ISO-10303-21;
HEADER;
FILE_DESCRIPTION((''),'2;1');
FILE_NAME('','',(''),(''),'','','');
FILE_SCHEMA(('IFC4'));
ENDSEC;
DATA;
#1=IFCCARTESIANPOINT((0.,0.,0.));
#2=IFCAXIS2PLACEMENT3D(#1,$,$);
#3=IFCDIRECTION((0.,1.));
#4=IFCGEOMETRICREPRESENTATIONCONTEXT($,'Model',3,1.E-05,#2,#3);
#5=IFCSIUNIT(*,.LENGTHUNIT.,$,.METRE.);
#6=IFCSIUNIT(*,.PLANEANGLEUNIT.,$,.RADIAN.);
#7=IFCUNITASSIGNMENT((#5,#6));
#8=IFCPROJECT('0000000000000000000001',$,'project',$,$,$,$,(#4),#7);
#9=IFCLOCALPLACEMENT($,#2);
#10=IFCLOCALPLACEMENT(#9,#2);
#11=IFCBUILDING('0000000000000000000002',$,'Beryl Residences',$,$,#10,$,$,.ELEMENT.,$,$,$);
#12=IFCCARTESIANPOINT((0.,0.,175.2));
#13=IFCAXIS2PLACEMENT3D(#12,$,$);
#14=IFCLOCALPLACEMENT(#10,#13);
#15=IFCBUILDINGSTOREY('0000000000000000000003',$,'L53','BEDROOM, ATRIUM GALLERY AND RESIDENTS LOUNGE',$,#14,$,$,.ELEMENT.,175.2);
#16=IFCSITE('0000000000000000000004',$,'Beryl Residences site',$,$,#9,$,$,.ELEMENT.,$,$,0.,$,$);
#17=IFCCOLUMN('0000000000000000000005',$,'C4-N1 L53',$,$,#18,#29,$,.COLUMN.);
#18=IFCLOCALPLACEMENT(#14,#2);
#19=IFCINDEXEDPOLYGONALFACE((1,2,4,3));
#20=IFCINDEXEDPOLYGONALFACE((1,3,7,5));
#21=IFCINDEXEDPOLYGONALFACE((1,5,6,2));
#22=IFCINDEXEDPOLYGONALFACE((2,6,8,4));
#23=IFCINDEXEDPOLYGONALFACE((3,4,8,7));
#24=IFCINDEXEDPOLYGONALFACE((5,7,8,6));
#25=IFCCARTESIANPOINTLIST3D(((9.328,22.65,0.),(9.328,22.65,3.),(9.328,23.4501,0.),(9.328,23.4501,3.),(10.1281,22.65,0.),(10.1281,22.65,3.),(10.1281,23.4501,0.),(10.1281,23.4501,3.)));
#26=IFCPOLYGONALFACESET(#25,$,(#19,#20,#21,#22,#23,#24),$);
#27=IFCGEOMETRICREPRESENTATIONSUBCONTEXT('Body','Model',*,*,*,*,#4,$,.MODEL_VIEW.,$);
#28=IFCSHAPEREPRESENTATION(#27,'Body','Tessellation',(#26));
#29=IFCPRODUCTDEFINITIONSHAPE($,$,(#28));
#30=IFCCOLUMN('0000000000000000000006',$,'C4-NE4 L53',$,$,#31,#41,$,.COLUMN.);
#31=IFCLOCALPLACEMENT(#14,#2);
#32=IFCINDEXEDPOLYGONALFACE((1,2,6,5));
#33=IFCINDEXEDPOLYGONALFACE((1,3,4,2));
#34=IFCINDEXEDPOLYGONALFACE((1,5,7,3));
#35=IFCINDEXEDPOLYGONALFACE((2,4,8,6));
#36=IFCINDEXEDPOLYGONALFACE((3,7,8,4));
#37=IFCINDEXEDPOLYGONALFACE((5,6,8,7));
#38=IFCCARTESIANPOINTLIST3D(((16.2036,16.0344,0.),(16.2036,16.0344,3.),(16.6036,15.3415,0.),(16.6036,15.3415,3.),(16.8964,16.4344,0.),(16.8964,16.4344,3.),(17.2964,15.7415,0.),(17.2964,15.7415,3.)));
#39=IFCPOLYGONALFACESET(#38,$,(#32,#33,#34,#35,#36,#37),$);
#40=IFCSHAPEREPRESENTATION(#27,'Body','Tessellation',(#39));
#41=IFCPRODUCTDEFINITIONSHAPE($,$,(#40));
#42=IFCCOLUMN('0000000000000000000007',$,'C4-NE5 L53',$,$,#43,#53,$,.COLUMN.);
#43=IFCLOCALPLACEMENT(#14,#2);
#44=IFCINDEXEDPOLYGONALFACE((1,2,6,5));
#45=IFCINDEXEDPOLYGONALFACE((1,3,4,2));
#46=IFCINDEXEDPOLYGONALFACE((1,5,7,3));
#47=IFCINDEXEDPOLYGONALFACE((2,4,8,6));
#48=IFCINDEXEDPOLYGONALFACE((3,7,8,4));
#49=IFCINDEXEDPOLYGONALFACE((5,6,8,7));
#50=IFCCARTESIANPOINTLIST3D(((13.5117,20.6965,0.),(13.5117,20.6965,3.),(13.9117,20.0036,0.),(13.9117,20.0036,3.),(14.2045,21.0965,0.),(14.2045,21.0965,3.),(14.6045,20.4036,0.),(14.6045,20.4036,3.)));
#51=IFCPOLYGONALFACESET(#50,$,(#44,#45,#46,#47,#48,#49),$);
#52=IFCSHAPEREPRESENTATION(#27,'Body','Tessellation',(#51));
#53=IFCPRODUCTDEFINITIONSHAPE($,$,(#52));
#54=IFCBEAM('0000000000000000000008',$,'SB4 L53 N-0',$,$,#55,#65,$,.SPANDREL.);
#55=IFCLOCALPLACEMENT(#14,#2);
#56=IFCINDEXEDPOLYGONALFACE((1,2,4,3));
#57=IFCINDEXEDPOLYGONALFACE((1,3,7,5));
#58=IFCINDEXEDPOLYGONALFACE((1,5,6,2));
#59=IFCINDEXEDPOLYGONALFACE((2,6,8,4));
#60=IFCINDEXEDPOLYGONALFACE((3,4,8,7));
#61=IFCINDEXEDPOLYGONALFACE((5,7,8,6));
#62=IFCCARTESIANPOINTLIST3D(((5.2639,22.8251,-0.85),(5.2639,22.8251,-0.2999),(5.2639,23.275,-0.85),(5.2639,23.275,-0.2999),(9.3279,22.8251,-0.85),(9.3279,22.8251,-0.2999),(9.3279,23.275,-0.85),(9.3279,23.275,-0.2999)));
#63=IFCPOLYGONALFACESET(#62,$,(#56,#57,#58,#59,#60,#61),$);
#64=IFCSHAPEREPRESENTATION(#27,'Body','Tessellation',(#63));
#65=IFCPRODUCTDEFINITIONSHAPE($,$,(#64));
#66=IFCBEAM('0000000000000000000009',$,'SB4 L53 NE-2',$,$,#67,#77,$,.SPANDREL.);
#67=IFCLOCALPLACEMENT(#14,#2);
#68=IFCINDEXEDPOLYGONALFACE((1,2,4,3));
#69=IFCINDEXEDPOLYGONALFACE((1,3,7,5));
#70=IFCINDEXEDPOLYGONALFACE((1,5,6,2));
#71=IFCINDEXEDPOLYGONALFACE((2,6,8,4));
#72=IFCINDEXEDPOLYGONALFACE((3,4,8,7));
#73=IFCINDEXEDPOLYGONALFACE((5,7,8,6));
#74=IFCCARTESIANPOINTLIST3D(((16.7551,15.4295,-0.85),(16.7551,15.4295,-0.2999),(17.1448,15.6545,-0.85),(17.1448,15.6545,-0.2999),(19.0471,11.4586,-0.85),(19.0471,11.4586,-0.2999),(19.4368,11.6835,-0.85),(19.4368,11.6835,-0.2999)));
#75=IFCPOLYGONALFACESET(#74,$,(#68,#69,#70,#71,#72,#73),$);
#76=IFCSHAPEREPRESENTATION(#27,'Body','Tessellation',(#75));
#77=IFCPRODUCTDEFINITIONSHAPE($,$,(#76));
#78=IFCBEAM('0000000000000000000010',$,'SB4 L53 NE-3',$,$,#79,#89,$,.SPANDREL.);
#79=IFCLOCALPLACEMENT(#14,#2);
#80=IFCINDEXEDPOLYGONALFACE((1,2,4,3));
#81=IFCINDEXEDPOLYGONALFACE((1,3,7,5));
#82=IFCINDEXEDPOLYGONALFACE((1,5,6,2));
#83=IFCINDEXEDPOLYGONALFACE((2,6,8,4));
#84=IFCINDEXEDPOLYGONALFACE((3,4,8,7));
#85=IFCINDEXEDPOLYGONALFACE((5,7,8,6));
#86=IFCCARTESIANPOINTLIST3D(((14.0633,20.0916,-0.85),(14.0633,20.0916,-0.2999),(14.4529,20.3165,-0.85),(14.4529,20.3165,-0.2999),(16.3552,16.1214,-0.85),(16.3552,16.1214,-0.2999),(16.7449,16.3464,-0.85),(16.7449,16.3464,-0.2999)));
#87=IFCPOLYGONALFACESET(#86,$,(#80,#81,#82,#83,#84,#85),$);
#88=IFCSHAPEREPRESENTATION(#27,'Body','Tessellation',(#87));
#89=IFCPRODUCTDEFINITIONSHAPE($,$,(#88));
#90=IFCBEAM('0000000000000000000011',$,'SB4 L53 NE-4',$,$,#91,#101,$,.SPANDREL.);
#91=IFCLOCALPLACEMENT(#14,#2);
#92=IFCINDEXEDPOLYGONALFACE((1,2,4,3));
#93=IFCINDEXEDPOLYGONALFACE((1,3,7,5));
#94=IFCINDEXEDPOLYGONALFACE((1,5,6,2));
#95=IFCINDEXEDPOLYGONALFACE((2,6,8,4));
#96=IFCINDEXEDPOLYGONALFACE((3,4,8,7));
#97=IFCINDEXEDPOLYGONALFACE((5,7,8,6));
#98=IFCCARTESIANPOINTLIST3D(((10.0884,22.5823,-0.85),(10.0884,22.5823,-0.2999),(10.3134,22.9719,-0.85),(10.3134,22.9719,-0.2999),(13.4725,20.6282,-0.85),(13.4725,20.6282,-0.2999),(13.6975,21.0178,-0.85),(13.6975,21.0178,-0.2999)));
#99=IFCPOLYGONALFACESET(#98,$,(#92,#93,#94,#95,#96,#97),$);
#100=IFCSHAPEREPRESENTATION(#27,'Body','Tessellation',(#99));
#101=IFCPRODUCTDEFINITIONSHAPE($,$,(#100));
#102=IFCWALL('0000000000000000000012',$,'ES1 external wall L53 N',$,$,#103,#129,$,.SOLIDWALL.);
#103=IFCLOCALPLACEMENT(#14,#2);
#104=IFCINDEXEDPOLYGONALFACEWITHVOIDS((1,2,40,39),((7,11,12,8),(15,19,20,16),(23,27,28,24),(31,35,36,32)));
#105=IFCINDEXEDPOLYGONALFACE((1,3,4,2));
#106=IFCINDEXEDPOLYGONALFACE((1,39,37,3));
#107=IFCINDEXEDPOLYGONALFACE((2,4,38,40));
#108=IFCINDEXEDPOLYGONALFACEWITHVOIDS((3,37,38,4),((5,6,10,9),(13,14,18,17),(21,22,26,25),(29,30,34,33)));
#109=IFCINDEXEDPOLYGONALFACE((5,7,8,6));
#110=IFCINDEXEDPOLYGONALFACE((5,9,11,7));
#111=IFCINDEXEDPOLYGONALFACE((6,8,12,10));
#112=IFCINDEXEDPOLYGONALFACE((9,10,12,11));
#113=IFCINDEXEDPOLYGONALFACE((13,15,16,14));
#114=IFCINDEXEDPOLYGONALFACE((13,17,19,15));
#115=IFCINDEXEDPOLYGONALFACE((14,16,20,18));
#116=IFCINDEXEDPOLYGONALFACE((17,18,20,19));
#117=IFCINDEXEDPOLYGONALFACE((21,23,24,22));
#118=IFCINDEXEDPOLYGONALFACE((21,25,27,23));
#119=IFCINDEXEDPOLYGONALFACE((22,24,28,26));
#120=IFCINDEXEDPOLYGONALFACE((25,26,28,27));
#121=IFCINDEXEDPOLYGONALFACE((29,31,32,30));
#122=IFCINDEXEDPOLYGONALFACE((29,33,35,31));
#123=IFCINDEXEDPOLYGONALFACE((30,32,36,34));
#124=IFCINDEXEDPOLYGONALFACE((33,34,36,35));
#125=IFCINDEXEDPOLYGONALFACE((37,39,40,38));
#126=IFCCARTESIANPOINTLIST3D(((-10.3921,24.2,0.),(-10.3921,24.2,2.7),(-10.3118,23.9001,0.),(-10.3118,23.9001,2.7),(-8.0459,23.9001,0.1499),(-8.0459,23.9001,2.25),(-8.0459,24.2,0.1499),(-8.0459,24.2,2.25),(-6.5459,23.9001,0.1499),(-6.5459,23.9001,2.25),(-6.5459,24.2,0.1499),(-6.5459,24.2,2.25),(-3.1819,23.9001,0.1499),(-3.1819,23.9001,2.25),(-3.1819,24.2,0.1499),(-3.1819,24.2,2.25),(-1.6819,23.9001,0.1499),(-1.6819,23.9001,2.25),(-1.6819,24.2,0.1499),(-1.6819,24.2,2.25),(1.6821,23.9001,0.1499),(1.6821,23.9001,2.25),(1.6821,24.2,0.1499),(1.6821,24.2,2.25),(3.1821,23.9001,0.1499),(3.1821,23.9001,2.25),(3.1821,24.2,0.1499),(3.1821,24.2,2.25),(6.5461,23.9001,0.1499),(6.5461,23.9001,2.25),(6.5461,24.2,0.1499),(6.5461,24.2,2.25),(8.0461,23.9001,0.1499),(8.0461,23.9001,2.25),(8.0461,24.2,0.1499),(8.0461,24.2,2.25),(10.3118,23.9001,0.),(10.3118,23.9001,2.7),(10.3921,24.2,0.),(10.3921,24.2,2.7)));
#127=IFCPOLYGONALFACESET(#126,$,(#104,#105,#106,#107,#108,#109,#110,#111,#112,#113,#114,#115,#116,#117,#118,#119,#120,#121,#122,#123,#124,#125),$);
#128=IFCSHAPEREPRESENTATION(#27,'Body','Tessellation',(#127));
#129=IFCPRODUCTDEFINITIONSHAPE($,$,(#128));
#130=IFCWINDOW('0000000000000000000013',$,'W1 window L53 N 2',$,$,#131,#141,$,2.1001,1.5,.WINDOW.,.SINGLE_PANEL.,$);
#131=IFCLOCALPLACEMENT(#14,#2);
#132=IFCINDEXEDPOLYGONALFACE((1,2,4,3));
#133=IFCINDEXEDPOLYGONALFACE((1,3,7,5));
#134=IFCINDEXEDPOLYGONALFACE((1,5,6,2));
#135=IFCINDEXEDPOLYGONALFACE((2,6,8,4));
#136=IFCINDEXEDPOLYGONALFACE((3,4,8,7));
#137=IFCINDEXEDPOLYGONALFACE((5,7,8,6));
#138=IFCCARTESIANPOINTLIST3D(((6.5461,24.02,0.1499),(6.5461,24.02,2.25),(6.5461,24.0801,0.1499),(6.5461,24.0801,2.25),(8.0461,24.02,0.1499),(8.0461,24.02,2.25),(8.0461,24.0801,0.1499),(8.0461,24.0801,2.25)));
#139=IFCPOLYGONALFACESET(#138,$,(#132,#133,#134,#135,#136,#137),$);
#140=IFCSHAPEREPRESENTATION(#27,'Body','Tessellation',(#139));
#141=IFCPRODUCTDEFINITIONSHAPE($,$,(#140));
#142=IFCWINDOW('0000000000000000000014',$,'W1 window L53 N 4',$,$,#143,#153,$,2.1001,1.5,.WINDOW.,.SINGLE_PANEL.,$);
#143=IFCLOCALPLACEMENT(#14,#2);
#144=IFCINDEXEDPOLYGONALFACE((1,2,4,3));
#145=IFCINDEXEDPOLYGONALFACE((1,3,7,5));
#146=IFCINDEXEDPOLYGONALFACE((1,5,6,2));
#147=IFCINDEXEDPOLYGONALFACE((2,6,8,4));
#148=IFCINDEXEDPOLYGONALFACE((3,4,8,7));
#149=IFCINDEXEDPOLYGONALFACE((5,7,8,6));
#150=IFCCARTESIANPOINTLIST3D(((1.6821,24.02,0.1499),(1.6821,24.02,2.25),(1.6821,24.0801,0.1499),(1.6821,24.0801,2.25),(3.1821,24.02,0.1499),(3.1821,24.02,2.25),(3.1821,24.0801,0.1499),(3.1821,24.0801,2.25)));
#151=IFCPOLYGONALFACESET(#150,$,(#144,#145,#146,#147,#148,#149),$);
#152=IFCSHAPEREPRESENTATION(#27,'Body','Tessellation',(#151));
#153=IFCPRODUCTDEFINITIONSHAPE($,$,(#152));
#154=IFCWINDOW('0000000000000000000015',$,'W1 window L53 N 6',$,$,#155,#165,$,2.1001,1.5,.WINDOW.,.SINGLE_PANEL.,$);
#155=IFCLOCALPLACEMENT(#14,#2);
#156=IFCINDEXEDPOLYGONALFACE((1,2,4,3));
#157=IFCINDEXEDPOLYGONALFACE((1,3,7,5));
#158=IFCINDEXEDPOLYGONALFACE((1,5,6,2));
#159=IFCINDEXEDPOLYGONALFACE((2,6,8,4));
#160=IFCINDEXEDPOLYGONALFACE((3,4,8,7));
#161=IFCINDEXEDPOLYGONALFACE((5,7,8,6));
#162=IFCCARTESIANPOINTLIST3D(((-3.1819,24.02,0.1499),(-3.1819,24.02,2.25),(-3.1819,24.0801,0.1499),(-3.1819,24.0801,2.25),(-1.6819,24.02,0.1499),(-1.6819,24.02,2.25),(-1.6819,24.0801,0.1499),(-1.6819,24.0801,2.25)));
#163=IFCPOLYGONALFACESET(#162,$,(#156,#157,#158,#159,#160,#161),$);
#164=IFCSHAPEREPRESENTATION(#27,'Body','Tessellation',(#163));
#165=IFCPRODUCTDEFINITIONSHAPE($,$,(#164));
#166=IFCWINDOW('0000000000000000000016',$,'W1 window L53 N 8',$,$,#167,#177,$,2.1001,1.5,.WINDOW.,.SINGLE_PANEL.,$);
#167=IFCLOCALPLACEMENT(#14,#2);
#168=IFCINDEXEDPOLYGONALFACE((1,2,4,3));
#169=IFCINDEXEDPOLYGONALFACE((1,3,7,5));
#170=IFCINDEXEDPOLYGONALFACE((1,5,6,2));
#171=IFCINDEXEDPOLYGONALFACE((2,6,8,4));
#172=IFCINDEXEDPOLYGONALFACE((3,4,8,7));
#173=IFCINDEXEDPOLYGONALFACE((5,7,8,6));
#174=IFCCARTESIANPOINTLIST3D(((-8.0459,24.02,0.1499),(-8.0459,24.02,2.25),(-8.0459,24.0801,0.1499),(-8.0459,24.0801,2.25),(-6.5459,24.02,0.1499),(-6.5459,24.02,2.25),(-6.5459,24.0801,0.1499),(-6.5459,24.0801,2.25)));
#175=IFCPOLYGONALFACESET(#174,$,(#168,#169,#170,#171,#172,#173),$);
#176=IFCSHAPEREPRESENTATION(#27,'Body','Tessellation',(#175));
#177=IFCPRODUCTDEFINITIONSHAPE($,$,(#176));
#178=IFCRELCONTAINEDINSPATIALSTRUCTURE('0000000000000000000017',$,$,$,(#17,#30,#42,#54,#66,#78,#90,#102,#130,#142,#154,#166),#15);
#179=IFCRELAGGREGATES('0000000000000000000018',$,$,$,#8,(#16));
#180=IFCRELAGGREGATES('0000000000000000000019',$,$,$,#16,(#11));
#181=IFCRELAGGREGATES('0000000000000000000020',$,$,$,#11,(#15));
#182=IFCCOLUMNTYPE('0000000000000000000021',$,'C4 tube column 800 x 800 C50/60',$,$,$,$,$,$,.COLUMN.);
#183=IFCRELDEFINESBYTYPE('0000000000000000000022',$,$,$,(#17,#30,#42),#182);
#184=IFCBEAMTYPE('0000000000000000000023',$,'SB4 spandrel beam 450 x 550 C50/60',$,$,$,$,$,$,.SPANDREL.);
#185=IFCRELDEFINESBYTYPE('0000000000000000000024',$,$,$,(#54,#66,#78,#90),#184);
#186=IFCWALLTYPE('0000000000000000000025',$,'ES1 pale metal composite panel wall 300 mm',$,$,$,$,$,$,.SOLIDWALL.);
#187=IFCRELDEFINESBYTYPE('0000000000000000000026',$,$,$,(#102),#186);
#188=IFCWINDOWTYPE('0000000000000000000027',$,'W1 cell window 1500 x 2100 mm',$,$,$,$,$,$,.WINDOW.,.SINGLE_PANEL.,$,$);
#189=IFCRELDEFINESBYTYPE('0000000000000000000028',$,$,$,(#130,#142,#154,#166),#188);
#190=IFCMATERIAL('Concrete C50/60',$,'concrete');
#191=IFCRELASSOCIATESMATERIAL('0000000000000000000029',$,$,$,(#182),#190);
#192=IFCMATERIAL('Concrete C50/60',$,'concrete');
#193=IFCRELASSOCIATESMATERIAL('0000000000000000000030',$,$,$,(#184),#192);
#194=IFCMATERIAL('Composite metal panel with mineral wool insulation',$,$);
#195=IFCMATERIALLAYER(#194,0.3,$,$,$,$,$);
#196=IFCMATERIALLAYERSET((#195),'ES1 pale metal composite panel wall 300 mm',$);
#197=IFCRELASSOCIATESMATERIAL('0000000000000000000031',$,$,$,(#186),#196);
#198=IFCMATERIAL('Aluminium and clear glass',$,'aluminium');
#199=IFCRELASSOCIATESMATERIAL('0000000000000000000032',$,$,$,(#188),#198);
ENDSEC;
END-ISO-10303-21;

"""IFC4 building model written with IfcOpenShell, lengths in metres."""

from ifc_helpers import new_model, si_unit, direction, frame, frame_2d, origin, origin_2d, place, context, subcontext, project, spatial, polyline, rectangle, outline, extrude, material, layer, layer_set, material_profile, profile_set, type_object, element, fill, save


model = new_model("IFC4")

# Units and contexts
model_context = context("Model", 3, precision=1e-05, world=origin(), true_north=direction((0.0, 1.0)))
body_context = subcontext(model_context, "Body", "Model", "MODEL_VIEW")
ifc_project = project(units=[si_unit("LENGTHUNIT", "METRE"), si_unit("PLANEANGLEUNIT", "RADIAN")], contexts=[model_context])

# Site, building, storey
site_placement = place(None, origin())
site = spatial("IfcSite", under=ifc_project, at=site_placement, Name="Beryl Residences site", CompositionType="ELEMENT", RefElevation=0.0)
building_placement = place(site_placement, origin())
building = spatial("IfcBuilding", under=site, at=building_placement, Name="Beryl Residences", CompositionType="ELEMENT")
storey_placement = place(building_placement, frame((0.0, 0.0, 175.2)))
storey = spatial("IfcBuildingStorey", under=building, at=storey_placement, Name="L53", Description="BEDROOM, ATRIUM GALLERY AND RESIDENTS LOUNGE", CompositionType="ELEMENT", Elevation=175.2)

# Columns
ifc_material_1 = material(Name="Concrete C50/60", Category="concrete")
ifc_material_profile_1 = material_profile(ifc_material_1, rectangle(XDim=0.8, YDim=0.8, at=origin_2d()))
ifc_profile_set_1 = profile_set([ifc_material_profile_1], Name="Concrete C50/60")
column_type = type_object("IfcColumnType", Name="C4 tube column 800 x 800 C50/60", PredefinedType="COLUMN", material=ifc_profile_set_1)
for number, where, z_axis, x_axis, name in (
    (1, (9.728, 23.05, 0.0), (0.0, 0.0, 1.0), (-1.0, 0.0, 0.0), "C4-N1 L53"),
    (2, (16.75, 15.8879, 0.0), (0.0, 0.0, 1.0), (-0.5, 0.866025, 0.0), "C4-NE4 L53"),
    (3, (14.0581, 20.55, 0.0), (0.0, 0.0, 1.0), (-0.5, 0.866025, 0.0), "C4-NE5 L53"),
):
    element("IfcColumn", number, at=place(storey_placement, frame(where, z_axis=z_axis, x_axis=x_axis)), inside=storey, type_object=column_type, Name=name, PredefinedType="COLUMN", context=body_context, shape_type="SweptSolid", body=[
        extrude(rectangle(XDim=0.8, YDim=0.8, at=origin_2d()), origin(), (0.0, 0.0, 1.0), 3.0),
    ])

# Beams
ifc_material_2 = material(Name="Concrete C50/60", Category="concrete")
ifc_material_profile_2 = material_profile(ifc_material_2, rectangle(XDim=0.45, YDim=0.55, at=origin_2d()))
ifc_profile_set_2 = profile_set([ifc_material_profile_2], Name="Concrete C50/60")
beam_type = type_object("IfcBeamType", Name="SB4 spandrel beam 450 x 550 C50/60", PredefinedType="SPANDREL", material=ifc_profile_set_2)
beam_1_placement = place(storey_placement, frame((9.3279, 23.05, -0.575), z_axis=(-1.0, 0.0, 0.0), x_axis=(0.0, -1.0, 0.0)))
element("IfcBeam", 4, at=beam_1_placement, inside=storey, type_object=beam_type, Name="SB4 L53 N-0", PredefinedType="SPANDREL", context=body_context, shape_type="SweptSolid", body=[
    extrude(rectangle(XDim=0.45, YDim=0.55, at=origin_2d()), origin(), (0.0, 0.0, 1.0), 4.064),
])
beam_2_placement = place(storey_placement, frame((19.2419, 11.571, -0.575), z_axis=(-0.499896, 0.866085, 0.0), x_axis=(-0.866085, -0.499896, 0.0)))
element("IfcBeam", 5, at=beam_2_placement, inside=storey, type_object=beam_type, Name="SB4 L53 NE-2", PredefinedType="SPANDREL", context=body_context, shape_type="SweptSolid", body=[
    extrude(rectangle(XDim=0.45, YDim=0.55, at=origin_2d()), origin(), (0.0, 0.0, 1.0), 4.585),
])
beam_3_placement = place(storey_placement, frame((16.55, 16.2339, -0.575), z_axis=(-0.499965, 0.866045, 0.0), x_axis=(-0.866045, -0.499965, 0.0)))
element("IfcBeam", 6, at=beam_3_placement, inside=storey, type_object=beam_type, Name="SB4 L53 NE-3", PredefinedType="SPANDREL", context=body_context, shape_type="SweptSolid", body=[
    extrude(rectangle(XDim=0.45, YDim=0.55, at=origin_2d()), origin(), (0.0, 0.0, 1.0), 4.5842),
])
beam_4_placement = place(storey_placement, frame((13.585, 20.823, -0.575), z_axis=(-0.865989, 0.500063, 0.0), x_axis=(-0.500063, -0.865989, 0.0)))
element("IfcBeam", 7, at=beam_4_placement, inside=storey, type_object=beam_type, Name="SB4 L53 NE-4", PredefinedType="SPANDREL", context=body_context, shape_type="SweptSolid", body=[
    extrude(rectangle(XDim=0.45, YDim=0.55, at=origin_2d()), origin(), (0.0, 0.0, 1.0), 3.9077),
])

# Wall, openings, windows
ifc_material_3 = material(Name="Composite metal panel with mineral wool insulation")
ifc_layer_1 = layer(ifc_material_3, 0.3)
ifc_layer_set_1 = layer_set([ifc_layer_1], Name="ES1 pale metal composite panel wall 300 mm")
wall_type_1 = type_object("IfcWallType", Name="ES1 pale metal composite panel wall 300 mm", PredefinedType="SOLIDWALL", material=ifc_layer_set_1)
wall_1_placement = place(storey_placement, frame((10.3921, 24.05, 0.0), z_axis=(0.0, 0.0, 1.0), x_axis=(-1.0, 0.0, 0.0)))
wall_1 = element("IfcWall", 8, at=wall_1_placement, inside=storey, type_object=wall_type_1, Name="ES1 external wall L53 N", PredefinedType="SOLIDWALL", context=body_context, shape_type="SweptSolid", body=[
    extrude(outline(polyline([(0.0, -0.1499), (20.7842, -0.1499), (20.7039, 0.1499), (0.0803, 0.1499), (0.0, -0.1499)])), origin(), (0.0, 0.0, 1.0), 2.7),
])
opening_1_placement = place(wall_1_placement, frame((2.3459, 0.0, 0.1499)))
opening_1 = element("IfcOpeningElement", 9, at=opening_1_placement, cuts=wall_1, PredefinedType="OPENING", context=body_context, shape_type="SweptSolid", body=[
    extrude(rectangle(XDim=1.5, YDim=2.1001, at=frame_2d((0.75, 1.05))), frame((0.0, 0.1599, 0.0), z_axis=(0.0, -1.0, 0.0), x_axis=(1.0, 0.0, 0.0)), (0.0, 0.0, 1.0), 0.3201),
])
opening_2_placement = place(wall_1_placement, frame((7.21, 0.0, 0.1499)))
opening_2 = element("IfcOpeningElement", 10, at=opening_2_placement, cuts=wall_1, PredefinedType="OPENING", context=body_context, shape_type="SweptSolid", body=[
    extrude(rectangle(XDim=1.5, YDim=2.1001, at=frame_2d((0.75, 1.05))), frame((0.0, 0.1599, 0.0), z_axis=(0.0, -1.0, 0.0), x_axis=(1.0, 0.0, 0.0)), (0.0, 0.0, 1.0), 0.3201),
])
opening_3_placement = place(wall_1_placement, frame((12.074, 0.0, 0.1499)))
opening_3 = element("IfcOpeningElement", 11, at=opening_3_placement, cuts=wall_1, PredefinedType="OPENING", context=body_context, shape_type="SweptSolid", body=[
    extrude(rectangle(XDim=1.5, YDim=2.1001, at=frame_2d((0.75, 1.05))), frame((0.0, 0.1599, 0.0), z_axis=(0.0, -1.0, 0.0), x_axis=(1.0, 0.0, 0.0)), (0.0, 0.0, 1.0), 0.3201),
])
opening_4_placement = place(wall_1_placement, frame((16.938, 0.0, 0.1499)))
opening_4 = element("IfcOpeningElement", 12, at=opening_4_placement, cuts=wall_1, PredefinedType="OPENING", context=body_context, shape_type="SweptSolid", body=[
    extrude(rectangle(XDim=1.5, YDim=2.1001, at=frame_2d((0.75, 1.05))), frame((0.0, 0.1599, 0.0), z_axis=(0.0, -1.0, 0.0), x_axis=(1.0, 0.0, 0.0)), (0.0, 0.0, 1.0), 0.3201),
])
ifc_material_4 = material(Name="Aluminium and clear glass", Category="aluminium")
window_type_1 = type_object("IfcWindowType", Name="W1 cell window 1500 x 2100 mm", PartitioningType="SINGLE_PANEL", PredefinedType="WINDOW", material=ifc_material_4)
window_1_placement = place(opening_1_placement, origin())
window_1 = element("IfcWindow", 13, at=window_1_placement, inside=storey, type_object=window_type_1, Name="W1 window L53 N 2", OverallHeight=2.1001, OverallWidth=1.5, PartitioningType="SINGLE_PANEL", PredefinedType="WINDOW", context=body_context, shape_type="SweptSolid", body=[
    extrude(rectangle(XDim=1.5, YDim=2.1001, at=frame_2d((0.75, 1.05))), frame((0.0, 0.03, 0.0), z_axis=(0.0, -1.0, 0.0), x_axis=(1.0, 0.0, 0.0)), (0.0, 0.0, 1.0), 0.0601),
])
fill(opening_1, window_1)
window_2_placement = place(opening_2_placement, origin())
window_2 = element("IfcWindow", 14, at=window_2_placement, inside=storey, type_object=window_type_1, Name="W1 window L53 N 4", OverallHeight=2.1001, OverallWidth=1.5, PartitioningType="SINGLE_PANEL", PredefinedType="WINDOW", context=body_context, shape_type="SweptSolid", body=[
    extrude(rectangle(XDim=1.5, YDim=2.1001, at=frame_2d((0.75, 1.05))), frame((0.0, 0.03, 0.0), z_axis=(0.0, -1.0, 0.0), x_axis=(1.0, 0.0, 0.0)), (0.0, 0.0, 1.0), 0.0601),
])
fill(opening_2, window_2)
window_3_placement = place(opening_3_placement, origin())
window_3 = element("IfcWindow", 15, at=window_3_placement, inside=storey, type_object=window_type_1, Name="W1 window L53 N 6", OverallHeight=2.1001, OverallWidth=1.5, PartitioningType="SINGLE_PANEL", PredefinedType="WINDOW", context=body_context, shape_type="SweptSolid", body=[
    extrude(rectangle(XDim=1.5, YDim=2.1001, at=frame_2d((0.75, 1.05))), frame((0.0, 0.03, 0.0), z_axis=(0.0, -1.0, 0.0), x_axis=(1.0, 0.0, 0.0)), (0.0, 0.0, 1.0), 0.0601),
])
fill(opening_3, window_3)
window_4_placement = place(opening_4_placement, origin())
window_4 = element("IfcWindow", 16, at=window_4_placement, inside=storey, type_object=window_type_1, Name="W1 window L53 N 8", OverallHeight=2.1001, OverallWidth=1.5, PartitioningType="SINGLE_PANEL", PredefinedType="WINDOW", context=body_context, shape_type="SweptSolid", body=[
    extrude(rectangle(XDim=1.5, YDim=2.1001, at=frame_2d((0.75, 1.05))), frame((0.0, 0.03, 0.0), z_axis=(0.0, -1.0, 0.0), x_axis=(1.0, 0.0, 0.0)), (0.0, 0.0, 1.0), 0.0601),
])
fill(opening_4, window_4)

save(model, "model.ifc")
